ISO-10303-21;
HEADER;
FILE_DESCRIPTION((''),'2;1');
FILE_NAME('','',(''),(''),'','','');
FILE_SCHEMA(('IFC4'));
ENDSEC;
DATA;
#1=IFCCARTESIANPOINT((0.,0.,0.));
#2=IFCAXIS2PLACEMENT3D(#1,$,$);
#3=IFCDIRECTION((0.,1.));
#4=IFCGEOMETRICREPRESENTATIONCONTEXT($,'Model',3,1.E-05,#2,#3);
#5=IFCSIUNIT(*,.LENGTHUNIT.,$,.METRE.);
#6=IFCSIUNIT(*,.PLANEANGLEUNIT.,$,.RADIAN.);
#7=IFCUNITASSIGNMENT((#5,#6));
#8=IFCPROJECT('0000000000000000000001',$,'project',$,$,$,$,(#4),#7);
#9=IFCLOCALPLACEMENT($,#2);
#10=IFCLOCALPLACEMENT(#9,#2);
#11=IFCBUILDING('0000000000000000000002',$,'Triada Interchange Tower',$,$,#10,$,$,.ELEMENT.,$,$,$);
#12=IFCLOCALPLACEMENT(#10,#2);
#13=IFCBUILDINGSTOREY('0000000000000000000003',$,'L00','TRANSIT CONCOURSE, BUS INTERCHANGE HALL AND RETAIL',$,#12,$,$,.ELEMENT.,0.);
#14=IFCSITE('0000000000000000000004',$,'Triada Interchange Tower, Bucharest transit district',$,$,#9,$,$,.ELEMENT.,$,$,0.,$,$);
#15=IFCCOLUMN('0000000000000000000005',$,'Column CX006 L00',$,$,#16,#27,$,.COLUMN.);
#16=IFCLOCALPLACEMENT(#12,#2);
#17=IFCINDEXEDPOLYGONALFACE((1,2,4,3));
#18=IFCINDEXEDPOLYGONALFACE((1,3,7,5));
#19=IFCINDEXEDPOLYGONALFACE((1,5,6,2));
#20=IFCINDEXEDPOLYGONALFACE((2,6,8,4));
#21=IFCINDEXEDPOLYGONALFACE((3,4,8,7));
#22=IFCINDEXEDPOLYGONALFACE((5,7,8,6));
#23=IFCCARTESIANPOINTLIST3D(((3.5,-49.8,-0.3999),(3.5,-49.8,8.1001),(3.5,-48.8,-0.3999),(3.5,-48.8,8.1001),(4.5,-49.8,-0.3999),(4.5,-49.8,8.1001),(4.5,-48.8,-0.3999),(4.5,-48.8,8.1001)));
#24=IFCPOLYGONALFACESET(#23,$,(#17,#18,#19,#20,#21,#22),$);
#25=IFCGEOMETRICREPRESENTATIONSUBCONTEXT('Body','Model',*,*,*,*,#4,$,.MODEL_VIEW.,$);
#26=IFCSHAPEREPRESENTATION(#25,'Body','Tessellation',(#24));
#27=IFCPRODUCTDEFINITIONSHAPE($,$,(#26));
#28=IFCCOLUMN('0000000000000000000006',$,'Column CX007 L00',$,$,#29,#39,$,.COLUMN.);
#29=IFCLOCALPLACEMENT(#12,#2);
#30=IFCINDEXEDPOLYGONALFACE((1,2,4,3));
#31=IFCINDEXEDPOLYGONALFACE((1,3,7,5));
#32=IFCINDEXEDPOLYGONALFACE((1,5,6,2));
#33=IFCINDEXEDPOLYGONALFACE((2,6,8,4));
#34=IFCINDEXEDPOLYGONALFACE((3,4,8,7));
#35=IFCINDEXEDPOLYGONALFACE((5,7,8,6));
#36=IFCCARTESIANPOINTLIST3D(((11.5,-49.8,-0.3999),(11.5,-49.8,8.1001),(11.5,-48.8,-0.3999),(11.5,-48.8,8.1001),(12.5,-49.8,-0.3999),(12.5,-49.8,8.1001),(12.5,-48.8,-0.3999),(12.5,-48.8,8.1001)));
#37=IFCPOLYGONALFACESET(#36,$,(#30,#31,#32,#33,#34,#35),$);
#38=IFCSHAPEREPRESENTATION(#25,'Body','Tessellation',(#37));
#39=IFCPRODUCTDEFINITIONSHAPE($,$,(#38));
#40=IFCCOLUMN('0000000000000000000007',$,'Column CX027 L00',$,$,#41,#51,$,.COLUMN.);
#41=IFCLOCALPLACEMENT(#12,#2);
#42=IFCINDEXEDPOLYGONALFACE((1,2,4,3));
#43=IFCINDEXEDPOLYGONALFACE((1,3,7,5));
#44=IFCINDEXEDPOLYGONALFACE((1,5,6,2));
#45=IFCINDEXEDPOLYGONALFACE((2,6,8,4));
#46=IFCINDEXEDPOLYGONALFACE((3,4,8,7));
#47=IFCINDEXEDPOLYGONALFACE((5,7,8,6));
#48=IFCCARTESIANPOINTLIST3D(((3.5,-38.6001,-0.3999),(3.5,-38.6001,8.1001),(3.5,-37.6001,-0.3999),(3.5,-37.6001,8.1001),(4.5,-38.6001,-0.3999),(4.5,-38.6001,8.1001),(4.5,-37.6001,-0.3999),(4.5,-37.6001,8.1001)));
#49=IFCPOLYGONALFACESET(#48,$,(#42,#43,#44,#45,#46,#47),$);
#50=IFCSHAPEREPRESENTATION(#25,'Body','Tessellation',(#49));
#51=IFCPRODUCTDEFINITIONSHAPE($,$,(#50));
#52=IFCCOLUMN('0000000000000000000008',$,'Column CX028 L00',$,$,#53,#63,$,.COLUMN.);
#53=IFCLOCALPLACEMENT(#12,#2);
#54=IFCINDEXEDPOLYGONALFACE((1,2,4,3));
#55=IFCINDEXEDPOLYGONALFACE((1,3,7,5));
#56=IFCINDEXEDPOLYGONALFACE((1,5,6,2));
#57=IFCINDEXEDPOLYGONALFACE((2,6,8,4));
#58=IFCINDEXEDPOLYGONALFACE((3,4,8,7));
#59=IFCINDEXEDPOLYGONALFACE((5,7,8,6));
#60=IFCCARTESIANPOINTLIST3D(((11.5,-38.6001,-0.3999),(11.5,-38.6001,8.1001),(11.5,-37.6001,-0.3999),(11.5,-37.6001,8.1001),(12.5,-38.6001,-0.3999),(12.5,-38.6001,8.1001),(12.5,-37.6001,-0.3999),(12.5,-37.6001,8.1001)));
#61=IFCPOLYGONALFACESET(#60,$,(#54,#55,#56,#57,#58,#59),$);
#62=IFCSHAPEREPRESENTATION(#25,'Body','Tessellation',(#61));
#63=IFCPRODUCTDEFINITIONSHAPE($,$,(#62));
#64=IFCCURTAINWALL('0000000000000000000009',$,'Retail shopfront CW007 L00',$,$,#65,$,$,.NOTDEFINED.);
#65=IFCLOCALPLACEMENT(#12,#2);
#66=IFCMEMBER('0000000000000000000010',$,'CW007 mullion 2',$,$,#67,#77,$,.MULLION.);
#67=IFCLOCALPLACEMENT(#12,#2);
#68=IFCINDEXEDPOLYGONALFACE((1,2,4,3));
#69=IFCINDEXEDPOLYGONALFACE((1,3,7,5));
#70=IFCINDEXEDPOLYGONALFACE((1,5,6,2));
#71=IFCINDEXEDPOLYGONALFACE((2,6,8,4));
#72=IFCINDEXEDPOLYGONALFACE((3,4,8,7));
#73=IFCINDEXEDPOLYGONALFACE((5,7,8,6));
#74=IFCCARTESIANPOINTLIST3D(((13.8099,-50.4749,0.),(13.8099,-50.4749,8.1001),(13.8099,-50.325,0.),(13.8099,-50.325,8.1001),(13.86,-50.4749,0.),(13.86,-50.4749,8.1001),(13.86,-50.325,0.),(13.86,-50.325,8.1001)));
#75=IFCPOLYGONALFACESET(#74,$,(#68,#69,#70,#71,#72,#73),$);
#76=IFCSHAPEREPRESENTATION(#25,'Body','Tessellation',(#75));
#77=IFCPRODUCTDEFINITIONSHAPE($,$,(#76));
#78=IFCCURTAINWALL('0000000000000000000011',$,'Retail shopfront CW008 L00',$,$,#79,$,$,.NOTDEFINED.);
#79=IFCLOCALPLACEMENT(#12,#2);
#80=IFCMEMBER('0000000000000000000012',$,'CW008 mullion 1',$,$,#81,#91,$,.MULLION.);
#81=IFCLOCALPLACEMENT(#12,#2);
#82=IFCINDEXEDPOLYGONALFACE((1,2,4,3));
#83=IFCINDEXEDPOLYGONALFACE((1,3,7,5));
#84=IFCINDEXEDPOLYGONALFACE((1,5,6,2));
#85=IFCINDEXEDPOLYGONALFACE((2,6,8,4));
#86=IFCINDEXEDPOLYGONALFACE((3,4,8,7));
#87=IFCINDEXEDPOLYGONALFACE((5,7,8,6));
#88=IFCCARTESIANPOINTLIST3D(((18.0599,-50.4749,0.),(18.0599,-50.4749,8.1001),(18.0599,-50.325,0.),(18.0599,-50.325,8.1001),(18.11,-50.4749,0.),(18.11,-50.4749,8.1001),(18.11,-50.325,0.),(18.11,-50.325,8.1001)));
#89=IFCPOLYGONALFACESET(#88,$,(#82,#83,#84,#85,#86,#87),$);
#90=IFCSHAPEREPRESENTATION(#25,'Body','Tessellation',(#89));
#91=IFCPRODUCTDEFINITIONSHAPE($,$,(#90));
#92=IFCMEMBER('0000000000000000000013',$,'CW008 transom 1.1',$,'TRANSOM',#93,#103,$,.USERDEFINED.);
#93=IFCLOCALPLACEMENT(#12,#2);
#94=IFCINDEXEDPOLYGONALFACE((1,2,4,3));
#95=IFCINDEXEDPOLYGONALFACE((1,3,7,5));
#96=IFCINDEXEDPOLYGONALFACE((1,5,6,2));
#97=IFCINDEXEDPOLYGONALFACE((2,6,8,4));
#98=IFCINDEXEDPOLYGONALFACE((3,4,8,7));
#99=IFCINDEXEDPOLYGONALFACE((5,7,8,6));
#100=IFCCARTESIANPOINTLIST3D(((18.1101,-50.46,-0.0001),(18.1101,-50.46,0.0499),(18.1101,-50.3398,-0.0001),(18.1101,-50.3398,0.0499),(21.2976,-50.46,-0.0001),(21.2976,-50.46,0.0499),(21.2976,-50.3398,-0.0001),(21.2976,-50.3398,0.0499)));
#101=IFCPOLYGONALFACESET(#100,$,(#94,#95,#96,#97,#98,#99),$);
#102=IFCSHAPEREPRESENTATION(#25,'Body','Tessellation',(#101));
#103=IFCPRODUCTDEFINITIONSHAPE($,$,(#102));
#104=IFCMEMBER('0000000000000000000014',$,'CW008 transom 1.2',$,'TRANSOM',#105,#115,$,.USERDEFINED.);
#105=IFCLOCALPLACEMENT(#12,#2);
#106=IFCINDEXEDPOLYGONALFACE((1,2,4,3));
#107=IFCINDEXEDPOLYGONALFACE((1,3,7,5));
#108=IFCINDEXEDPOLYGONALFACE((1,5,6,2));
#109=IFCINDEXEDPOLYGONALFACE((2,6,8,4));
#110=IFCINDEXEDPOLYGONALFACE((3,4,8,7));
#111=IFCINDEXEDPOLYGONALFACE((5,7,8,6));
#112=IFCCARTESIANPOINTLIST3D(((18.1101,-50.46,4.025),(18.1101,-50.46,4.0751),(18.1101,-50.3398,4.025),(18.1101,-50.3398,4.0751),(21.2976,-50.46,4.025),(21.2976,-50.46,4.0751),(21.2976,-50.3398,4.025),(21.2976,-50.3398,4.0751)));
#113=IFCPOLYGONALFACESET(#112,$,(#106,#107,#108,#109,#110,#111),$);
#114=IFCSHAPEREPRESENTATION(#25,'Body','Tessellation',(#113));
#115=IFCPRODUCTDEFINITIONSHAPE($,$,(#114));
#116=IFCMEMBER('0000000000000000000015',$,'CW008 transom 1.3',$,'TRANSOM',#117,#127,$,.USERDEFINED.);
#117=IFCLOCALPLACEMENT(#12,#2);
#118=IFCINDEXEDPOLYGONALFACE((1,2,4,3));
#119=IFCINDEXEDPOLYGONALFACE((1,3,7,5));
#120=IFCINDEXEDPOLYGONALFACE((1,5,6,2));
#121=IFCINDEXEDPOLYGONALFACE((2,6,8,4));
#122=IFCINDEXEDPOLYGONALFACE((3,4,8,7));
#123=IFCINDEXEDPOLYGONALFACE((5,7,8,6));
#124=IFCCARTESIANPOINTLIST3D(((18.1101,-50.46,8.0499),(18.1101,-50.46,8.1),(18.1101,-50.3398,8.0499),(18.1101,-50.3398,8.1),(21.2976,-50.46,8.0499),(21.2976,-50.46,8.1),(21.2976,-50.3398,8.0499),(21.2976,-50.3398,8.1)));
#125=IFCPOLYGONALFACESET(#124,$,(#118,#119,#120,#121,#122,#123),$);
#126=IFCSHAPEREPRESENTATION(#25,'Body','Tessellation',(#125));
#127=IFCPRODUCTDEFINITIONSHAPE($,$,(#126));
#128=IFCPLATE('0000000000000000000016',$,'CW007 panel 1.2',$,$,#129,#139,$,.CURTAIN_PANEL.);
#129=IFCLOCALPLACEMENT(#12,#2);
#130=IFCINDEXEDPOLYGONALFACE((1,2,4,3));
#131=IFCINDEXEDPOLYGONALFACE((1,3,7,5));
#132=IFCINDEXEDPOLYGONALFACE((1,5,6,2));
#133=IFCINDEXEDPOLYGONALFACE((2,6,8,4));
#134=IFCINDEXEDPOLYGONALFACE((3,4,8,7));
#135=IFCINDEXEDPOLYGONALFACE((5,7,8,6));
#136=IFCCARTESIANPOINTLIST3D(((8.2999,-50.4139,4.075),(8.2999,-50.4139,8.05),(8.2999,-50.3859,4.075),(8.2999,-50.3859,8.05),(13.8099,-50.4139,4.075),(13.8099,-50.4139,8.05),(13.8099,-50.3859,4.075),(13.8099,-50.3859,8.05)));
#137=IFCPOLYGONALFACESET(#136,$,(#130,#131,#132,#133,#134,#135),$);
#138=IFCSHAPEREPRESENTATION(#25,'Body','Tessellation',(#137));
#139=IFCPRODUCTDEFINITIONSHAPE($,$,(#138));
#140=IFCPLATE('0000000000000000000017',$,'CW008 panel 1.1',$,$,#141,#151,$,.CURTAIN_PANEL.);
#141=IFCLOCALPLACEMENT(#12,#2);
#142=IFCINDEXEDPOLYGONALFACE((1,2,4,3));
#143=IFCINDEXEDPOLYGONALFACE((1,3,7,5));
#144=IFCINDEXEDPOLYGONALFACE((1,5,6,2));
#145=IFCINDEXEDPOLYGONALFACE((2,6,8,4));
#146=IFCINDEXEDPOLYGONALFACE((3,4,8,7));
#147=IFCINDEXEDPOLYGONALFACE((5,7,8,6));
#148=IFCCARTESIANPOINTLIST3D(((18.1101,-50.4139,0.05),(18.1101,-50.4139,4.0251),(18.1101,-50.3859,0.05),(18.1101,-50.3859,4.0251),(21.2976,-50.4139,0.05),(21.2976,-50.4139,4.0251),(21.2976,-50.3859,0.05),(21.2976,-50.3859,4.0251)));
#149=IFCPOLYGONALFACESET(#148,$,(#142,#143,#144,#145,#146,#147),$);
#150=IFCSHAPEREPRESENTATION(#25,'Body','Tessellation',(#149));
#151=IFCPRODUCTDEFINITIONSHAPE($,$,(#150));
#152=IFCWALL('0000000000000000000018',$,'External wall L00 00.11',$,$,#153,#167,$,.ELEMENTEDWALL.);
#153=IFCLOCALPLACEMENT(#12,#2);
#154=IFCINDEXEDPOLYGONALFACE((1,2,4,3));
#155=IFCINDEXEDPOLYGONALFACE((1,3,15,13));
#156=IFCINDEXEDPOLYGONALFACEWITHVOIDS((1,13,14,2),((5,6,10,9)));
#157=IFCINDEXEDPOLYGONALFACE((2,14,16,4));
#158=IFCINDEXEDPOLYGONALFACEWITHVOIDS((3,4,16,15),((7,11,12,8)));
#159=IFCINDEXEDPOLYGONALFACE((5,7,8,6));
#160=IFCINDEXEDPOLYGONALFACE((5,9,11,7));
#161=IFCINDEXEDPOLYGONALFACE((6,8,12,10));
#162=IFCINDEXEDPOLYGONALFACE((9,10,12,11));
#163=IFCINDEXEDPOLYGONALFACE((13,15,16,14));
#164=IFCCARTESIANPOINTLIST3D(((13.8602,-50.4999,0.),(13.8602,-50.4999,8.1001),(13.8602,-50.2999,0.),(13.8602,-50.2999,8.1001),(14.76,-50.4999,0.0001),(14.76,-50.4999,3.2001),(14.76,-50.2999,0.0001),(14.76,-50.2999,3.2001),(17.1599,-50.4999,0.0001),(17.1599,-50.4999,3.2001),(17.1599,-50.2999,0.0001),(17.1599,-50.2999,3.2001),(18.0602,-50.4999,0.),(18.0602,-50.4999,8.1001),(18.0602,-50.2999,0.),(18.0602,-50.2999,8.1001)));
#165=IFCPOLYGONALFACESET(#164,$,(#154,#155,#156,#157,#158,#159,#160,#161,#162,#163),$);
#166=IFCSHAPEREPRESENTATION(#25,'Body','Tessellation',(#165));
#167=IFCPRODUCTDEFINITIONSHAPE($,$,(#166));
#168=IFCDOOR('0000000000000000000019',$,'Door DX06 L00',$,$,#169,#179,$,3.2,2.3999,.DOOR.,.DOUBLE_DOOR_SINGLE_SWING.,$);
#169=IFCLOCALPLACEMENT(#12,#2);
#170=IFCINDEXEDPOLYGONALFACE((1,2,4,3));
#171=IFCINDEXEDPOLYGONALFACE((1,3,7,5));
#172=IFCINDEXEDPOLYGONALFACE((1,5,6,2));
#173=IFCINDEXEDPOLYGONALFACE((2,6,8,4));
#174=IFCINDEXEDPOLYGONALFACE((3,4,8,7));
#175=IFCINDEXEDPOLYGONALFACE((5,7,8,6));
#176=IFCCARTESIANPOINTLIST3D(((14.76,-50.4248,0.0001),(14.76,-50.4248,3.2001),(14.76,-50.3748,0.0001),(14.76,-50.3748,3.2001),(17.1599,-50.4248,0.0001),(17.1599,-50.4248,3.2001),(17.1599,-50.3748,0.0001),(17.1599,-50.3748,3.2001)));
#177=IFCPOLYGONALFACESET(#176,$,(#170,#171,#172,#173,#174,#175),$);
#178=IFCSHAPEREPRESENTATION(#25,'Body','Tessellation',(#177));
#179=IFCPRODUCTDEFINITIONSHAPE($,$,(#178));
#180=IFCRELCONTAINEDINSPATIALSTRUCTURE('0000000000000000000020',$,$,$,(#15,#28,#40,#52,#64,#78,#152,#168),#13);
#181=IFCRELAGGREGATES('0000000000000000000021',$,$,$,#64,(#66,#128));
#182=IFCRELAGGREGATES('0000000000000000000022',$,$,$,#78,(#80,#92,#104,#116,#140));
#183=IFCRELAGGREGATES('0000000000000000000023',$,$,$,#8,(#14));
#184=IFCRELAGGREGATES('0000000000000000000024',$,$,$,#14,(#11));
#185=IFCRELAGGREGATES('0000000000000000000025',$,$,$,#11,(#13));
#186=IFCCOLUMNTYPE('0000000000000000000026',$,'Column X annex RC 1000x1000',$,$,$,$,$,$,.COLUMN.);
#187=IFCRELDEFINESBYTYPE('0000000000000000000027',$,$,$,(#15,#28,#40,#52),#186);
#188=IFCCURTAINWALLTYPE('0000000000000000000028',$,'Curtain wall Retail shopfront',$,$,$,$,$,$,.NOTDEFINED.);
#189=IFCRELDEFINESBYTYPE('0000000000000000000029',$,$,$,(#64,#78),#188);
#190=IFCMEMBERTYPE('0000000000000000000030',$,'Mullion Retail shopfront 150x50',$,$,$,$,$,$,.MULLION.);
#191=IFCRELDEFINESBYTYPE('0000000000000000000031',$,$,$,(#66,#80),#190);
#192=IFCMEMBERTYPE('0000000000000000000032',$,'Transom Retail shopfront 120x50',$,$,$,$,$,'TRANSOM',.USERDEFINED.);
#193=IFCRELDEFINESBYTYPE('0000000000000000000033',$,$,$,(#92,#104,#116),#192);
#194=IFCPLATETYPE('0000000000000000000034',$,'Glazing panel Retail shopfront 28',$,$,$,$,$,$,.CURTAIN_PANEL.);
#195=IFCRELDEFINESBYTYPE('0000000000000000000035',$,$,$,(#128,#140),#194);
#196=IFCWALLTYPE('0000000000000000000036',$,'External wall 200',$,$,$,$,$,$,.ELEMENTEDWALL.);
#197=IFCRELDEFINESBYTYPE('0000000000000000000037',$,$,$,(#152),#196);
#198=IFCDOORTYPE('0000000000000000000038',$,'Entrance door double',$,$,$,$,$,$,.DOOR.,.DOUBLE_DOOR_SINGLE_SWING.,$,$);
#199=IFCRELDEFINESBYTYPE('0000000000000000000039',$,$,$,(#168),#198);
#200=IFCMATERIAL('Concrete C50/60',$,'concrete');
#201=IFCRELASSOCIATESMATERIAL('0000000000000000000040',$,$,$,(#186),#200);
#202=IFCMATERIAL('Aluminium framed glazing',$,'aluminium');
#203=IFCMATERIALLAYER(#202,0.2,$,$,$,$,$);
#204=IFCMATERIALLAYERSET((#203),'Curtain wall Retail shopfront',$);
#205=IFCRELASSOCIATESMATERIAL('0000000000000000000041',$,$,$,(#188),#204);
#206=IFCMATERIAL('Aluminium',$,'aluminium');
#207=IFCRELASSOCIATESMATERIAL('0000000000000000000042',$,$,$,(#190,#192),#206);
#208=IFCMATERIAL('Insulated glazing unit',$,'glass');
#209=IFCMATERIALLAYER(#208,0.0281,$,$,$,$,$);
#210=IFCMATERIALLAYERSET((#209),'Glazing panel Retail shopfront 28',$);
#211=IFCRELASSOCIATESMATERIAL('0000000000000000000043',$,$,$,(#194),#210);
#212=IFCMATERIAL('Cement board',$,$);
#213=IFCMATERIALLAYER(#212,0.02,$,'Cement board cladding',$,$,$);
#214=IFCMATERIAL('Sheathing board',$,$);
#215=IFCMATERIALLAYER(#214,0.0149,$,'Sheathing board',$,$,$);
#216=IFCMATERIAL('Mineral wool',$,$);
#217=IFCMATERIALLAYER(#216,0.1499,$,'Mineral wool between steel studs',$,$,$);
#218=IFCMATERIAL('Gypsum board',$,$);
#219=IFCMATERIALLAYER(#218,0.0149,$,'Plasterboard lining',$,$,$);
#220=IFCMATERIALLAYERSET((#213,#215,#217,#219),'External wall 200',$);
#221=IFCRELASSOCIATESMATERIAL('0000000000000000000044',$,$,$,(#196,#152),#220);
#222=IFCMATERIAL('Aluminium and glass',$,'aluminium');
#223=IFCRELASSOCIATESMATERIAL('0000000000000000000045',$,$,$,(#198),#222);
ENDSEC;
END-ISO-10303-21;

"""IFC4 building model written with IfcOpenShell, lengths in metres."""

from ifc_helpers import new_model, si_unit, direction, frame, frame_2d, origin, origin_2d, place, context, subcontext, project, spatial, rectangle, extrude, material, layer, layer_set, layer_usage, material_profile, profile_set, type_object, element, fill, aggregate, save


model = new_model("IFC4")

# Units and contexts
model_context = context("Model", 3, precision=1e-05, world=origin(), true_north=direction((0.0, 1.0)))
body_context = subcontext(model_context, "Body", "Model", "MODEL_VIEW")
ifc_project = project(units=[si_unit("LENGTHUNIT", "METRE"), si_unit("PLANEANGLEUNIT", "RADIAN")], contexts=[model_context])

# Site, building, storey
site_placement = place(None, origin())
site = spatial("IfcSite", under=ifc_project, at=site_placement, Name="Triada Interchange Tower, Bucharest transit district", CompositionType="ELEMENT", RefElevation=0.0)
building_placement = place(site_placement, origin())
building = spatial("IfcBuilding", under=site, at=building_placement, Name="Triada Interchange Tower", CompositionType="ELEMENT")
storey_placement = place(building_placement, origin())
storey = spatial("IfcBuildingStorey", under=building, at=storey_placement, Name="L00", Description="TRANSIT CONCOURSE, BUS INTERCHANGE HALL AND RETAIL", CompositionType="ELEMENT", Elevation=0.0)

# Columns
ifc_material_1 = material(Name="Concrete C50/60", Category="concrete")
ifc_material_profile_1 = material_profile(ifc_material_1, rectangle(XDim=1.0, YDim=1.0, at=origin_2d()), Name="RC 1000x1000")
ifc_profile_set_1 = profile_set([ifc_material_profile_1], Name="Concrete C50/60")
column_type = type_object("IfcColumnType", Name="Column X annex RC 1000x1000", PredefinedType="COLUMN", material=ifc_profile_set_1)
for number, where, z_axis, x_axis, name in (
    (1, (4.0, -49.3, -0.3999), (0.0, 0.0, 1.0), (1.0, 0.0, 0.0), "Column CX006 L00"),
    (2, (12.0, -49.3, -0.3999), (0.0, 0.0, 1.0), (1.0, 0.0, 0.0), "Column CX007 L00"),
    (3, (4.0, -38.1001, -0.3999), (0.0, 0.0, 1.0), (1.0, 0.0, 0.0), "Column CX027 L00"),
    (4, (12.0, -38.1001, -0.3999), (0.0, 0.0, 1.0), (1.0, 0.0, 0.0), "Column CX028 L00"),
):
    element("IfcColumn", number, at=place(storey_placement, frame(where, z_axis=z_axis, x_axis=x_axis)), inside=storey, type_object=column_type, Name=name, PredefinedType="COLUMN", context=body_context, shape_type="SweptSolid", body=[
        extrude(rectangle(XDim=1.0, YDim=1.0, at=origin_2d()), origin(), (0.0, 0.0, 1.0), 8.5),
    ])

# Curtain wall, member
ifc_material_2 = material(Name="Aluminium framed glazing", Category="aluminium")
ifc_layer_1 = layer(ifc_material_2, 0.2)
ifc_layer_set_1 = layer_set([ifc_layer_1], Name="Curtain wall Retail shopfront")
curtain_wall_type = type_object("IfcCurtainWallType", Name="Curtain wall Retail shopfront", PredefinedType="NOTDEFINED", material=ifc_layer_set_1)
curtain_wall_1_placement = place(storey_placement, origin())
curtain_wall_1 = element("IfcCurtainWall", 5, at=curtain_wall_1_placement, inside=storey, type_object=curtain_wall_type, Name="Retail shopfront CW007 L00", PredefinedType="NOTDEFINED")
ifc_material_3 = material(Name="Aluminium", Category="aluminium")
ifc_material_profile_2 = material_profile(ifc_material_3, rectangle(XDim=0.1499, YDim=0.05, at=origin_2d()), Name="Aluminium mullion")
ifc_profile_set_2 = profile_set([ifc_material_profile_2], Name="Aluminium")
member_type_1 = type_object("IfcMemberType", Name="Mullion Retail shopfront 150x50", PredefinedType="MULLION", material=ifc_profile_set_2)
member_1_placement = place(storey_placement, frame((13.835, -50.3999, 0.0), z_axis=(0.0, 0.0, 1.0), x_axis=(0.0, 1.0, 0.0)))
member_1 = element("IfcMember", 6, at=member_1_placement, type_object=member_type_1, Name="CW007 mullion 2", PredefinedType="MULLION", context=body_context, shape_type="SweptSolid", body=[
    extrude(rectangle(XDim=0.1499, YDim=0.05, at=origin_2d()), origin(), (0.0, 0.0, 1.0), 8.1001),
])

# Curtain wall, members
curtain_wall_2_placement = place(storey_placement, origin())
curtain_wall_2 = element("IfcCurtainWall", 7, at=curtain_wall_2_placement, inside=storey, type_object=curtain_wall_type, Name="Retail shopfront CW008 L00", PredefinedType="NOTDEFINED")
member_2_placement = place(storey_placement, frame((18.085, -50.3999, 0.0), z_axis=(0.0, 0.0, 1.0), x_axis=(0.0, 1.0, 0.0)))
member_2 = element("IfcMember", 8, at=member_2_placement, type_object=member_type_1, Name="CW008 mullion 1", PredefinedType="MULLION", context=body_context, shape_type="SweptSolid", body=[
    extrude(rectangle(XDim=0.1499, YDim=0.05, at=origin_2d()), origin(), (0.0, 0.0, 1.0), 8.1001),
])
ifc_material_profile_3 = material_profile(ifc_material_3, rectangle(XDim=0.1201, YDim=0.05, at=origin_2d()), Name="Aluminium transom")
ifc_profile_set_3 = profile_set([ifc_material_profile_3], Name="Aluminium")
member_type_2 = type_object("IfcMemberType", Name="Transom Retail shopfront 120x50", ElementType="TRANSOM", PredefinedType="USERDEFINED", material=ifc_profile_set_3)
member_3_placement = place(storey_placement, frame((18.1101, -50.3999, 0.0249), z_axis=(1.0, 0.0, 0.0), x_axis=(0.0, 1.0, 0.0)))
member_3 = element("IfcMember", 9, at=member_3_placement, type_object=member_type_2, Name="CW008 transom 1.1", ObjectType="TRANSOM", PredefinedType="USERDEFINED", context=body_context, shape_type="SweptSolid", body=[
    extrude(rectangle(XDim=0.1201, YDim=0.05, at=origin_2d()), origin(), (0.0, 0.0, 1.0), 3.1875),
])
member_4_placement = place(storey_placement, frame((18.1101, -50.3999, 4.05), z_axis=(1.0, 0.0, 0.0), x_axis=(0.0, 1.0, 0.0)))
member_4 = element("IfcMember", 10, at=member_4_placement, type_object=member_type_2, Name="CW008 transom 1.2", ObjectType="TRANSOM", PredefinedType="USERDEFINED", context=body_context, shape_type="SweptSolid", body=[
    extrude(rectangle(XDim=0.1201, YDim=0.05, at=origin_2d()), origin(), (0.0, 0.0, 1.0), 3.1875),
])
member_5_placement = place(storey_placement, frame((18.1101, -50.3999, 8.075), z_axis=(1.0, 0.0, 0.0), x_axis=(0.0, 1.0, 0.0)))
member_5 = element("IfcMember", 11, at=member_5_placement, type_object=member_type_2, Name="CW008 transom 1.3", ObjectType="TRANSOM", PredefinedType="USERDEFINED", context=body_context, shape_type="SweptSolid", body=[
    extrude(rectangle(XDim=0.1201, YDim=0.05, at=origin_2d()), origin(), (0.0, 0.0, 1.0), 3.1875),
])

# Plates
ifc_material_4 = material(Name="Insulated glazing unit", Category="glass")
ifc_layer_2 = layer(ifc_material_4, 0.0281)
ifc_layer_set_2 = layer_set([ifc_layer_2], Name="Glazing panel Retail shopfront 28")
plate_type = type_object("IfcPlateType", Name="Glazing panel Retail shopfront 28", PredefinedType="CURTAIN_PANEL", material=ifc_layer_set_2)
plate_1_placement = place(storey_placement, frame((11.0549, -50.3999, 4.075), z_axis=(0.0, 0.0, 1.0), x_axis=(1.0, 0.0, 0.0)))
plate_1 = element("IfcPlate", 12, at=plate_1_placement, type_object=plate_type, Name="CW007 panel 1.2", PredefinedType="CURTAIN_PANEL", context=body_context, shape_type="SweptSolid", body=[
    extrude(rectangle(XDim=5.51, YDim=0.0281, at=origin_2d()), origin(), (0.0, 0.0, 1.0), 3.9751),
])
aggregate(curtain_wall_1, [member_1, plate_1])
plate_2_placement = place(storey_placement, frame((19.7039, -50.3999, 0.05), z_axis=(0.0, 0.0, 1.0), x_axis=(1.0, 0.0, 0.0)))
plate_2 = element("IfcPlate", 13, at=plate_2_placement, type_object=plate_type, Name="CW008 panel 1.1", PredefinedType="CURTAIN_PANEL", context=body_context, shape_type="SweptSolid", body=[
    extrude(rectangle(XDim=3.1875, YDim=0.0281, at=origin_2d()), origin(), (0.0, 0.0, 1.0), 3.9751),
])
aggregate(curtain_wall_2, [member_2, member_3, member_4, member_5, plate_2])

# Wall, opening, door
ifc_material_5 = material(Name="Cement board")
ifc_layer_3 = layer(ifc_material_5, 0.02, Name="Cement board cladding")
ifc_material_6 = material(Name="Sheathing board")
ifc_layer_4 = layer(ifc_material_6, 0.0149, Name="Sheathing board")
ifc_material_7 = material(Name="Mineral wool")
ifc_layer_5 = layer(ifc_material_7, 0.1499, Name="Mineral wool between steel studs")
ifc_material_8 = material(Name="Gypsum board")
ifc_layer_6 = layer(ifc_material_8, 0.0149, Name="Plasterboard lining")
ifc_layer_set_3 = layer_set([ifc_layer_3, ifc_layer_4, ifc_layer_5, ifc_layer_6], Name="External wall 200")
ifc_layer_usage = layer_usage(ifc_layer_set_3, "AXIS2", "POSITIVE", -0.1001)
wall_type_1 = type_object("IfcWallType", Name="External wall 200", PredefinedType="ELEMENTEDWALL", material=ifc_layer_set_3)
wall_1_placement = place(storey_placement, frame((13.8601, -50.3999, 0.0), z_axis=(0.0, 0.0, 1.0), x_axis=(1.0, 0.0, 0.0)))
wall_1 = element("IfcWall", 14, at=wall_1_placement, inside=storey, type_object=wall_type_1, material=ifc_layer_usage, Name="External wall L00 00.11", PredefinedType="ELEMENTEDWALL", context=body_context, shape_type="SweptSolid", body=[
    extrude(rectangle(XDim=4.2, YDim=0.2, at=frame_2d((2.1001, 0.0))), origin(), (0.0, 0.0, 1.0), 8.1001),
])
opening_1_placement = place(wall_1_placement, frame((0.8999, 0.0, 0.0)))
opening_1 = element("IfcOpeningElement", 15, at=opening_1_placement, cuts=wall_1, PredefinedType="OPENING", context=body_context, shape_type="SweptSolid", body=[
    extrude(rectangle(XDim=2.3999, YDim=3.2, at=frame_2d((1.2, 1.6001))), frame((0.0, 0.1099, 0.0), z_axis=(0.0, -1.0, 0.0), x_axis=(1.0, 0.0, 0.0)), (0.0, 0.0, 1.0), 0.22),
])
ifc_material_9 = material(Name="Aluminium and glass", Category="aluminium")
door_type_1 = type_object("IfcDoorType", Name="Entrance door double", OperationType="DOUBLE_DOOR_SINGLE_SWING", PredefinedType="DOOR", material=ifc_material_9)
door_1_placement = place(opening_1_placement, frame((2.3999, 0.0, 0.0), z_axis=(0.0, 0.0, 1.0), x_axis=(-1.0, 0.0, 0.0)))
door_1 = element("IfcDoor", 16, at=door_1_placement, inside=storey, type_object=door_type_1, Name="Door DX06 L00", OperationType="DOUBLE_DOOR_SINGLE_SWING", OverallHeight=3.2, OverallWidth=2.3999, PredefinedType="DOOR", context=body_context, shape_type="SweptSolid", body=[
    extrude(rectangle(XDim=2.3999, YDim=3.2, at=frame_2d((1.2, 1.6001))), frame((0.0, 0.0249, 0.0), z_axis=(0.0, -1.0, 0.0), x_axis=(1.0, 0.0, 0.0)), (0.0, 0.0, 1.0), 0.05),
])
fill(opening_1, door_1)

save(model, "model.ifc")
